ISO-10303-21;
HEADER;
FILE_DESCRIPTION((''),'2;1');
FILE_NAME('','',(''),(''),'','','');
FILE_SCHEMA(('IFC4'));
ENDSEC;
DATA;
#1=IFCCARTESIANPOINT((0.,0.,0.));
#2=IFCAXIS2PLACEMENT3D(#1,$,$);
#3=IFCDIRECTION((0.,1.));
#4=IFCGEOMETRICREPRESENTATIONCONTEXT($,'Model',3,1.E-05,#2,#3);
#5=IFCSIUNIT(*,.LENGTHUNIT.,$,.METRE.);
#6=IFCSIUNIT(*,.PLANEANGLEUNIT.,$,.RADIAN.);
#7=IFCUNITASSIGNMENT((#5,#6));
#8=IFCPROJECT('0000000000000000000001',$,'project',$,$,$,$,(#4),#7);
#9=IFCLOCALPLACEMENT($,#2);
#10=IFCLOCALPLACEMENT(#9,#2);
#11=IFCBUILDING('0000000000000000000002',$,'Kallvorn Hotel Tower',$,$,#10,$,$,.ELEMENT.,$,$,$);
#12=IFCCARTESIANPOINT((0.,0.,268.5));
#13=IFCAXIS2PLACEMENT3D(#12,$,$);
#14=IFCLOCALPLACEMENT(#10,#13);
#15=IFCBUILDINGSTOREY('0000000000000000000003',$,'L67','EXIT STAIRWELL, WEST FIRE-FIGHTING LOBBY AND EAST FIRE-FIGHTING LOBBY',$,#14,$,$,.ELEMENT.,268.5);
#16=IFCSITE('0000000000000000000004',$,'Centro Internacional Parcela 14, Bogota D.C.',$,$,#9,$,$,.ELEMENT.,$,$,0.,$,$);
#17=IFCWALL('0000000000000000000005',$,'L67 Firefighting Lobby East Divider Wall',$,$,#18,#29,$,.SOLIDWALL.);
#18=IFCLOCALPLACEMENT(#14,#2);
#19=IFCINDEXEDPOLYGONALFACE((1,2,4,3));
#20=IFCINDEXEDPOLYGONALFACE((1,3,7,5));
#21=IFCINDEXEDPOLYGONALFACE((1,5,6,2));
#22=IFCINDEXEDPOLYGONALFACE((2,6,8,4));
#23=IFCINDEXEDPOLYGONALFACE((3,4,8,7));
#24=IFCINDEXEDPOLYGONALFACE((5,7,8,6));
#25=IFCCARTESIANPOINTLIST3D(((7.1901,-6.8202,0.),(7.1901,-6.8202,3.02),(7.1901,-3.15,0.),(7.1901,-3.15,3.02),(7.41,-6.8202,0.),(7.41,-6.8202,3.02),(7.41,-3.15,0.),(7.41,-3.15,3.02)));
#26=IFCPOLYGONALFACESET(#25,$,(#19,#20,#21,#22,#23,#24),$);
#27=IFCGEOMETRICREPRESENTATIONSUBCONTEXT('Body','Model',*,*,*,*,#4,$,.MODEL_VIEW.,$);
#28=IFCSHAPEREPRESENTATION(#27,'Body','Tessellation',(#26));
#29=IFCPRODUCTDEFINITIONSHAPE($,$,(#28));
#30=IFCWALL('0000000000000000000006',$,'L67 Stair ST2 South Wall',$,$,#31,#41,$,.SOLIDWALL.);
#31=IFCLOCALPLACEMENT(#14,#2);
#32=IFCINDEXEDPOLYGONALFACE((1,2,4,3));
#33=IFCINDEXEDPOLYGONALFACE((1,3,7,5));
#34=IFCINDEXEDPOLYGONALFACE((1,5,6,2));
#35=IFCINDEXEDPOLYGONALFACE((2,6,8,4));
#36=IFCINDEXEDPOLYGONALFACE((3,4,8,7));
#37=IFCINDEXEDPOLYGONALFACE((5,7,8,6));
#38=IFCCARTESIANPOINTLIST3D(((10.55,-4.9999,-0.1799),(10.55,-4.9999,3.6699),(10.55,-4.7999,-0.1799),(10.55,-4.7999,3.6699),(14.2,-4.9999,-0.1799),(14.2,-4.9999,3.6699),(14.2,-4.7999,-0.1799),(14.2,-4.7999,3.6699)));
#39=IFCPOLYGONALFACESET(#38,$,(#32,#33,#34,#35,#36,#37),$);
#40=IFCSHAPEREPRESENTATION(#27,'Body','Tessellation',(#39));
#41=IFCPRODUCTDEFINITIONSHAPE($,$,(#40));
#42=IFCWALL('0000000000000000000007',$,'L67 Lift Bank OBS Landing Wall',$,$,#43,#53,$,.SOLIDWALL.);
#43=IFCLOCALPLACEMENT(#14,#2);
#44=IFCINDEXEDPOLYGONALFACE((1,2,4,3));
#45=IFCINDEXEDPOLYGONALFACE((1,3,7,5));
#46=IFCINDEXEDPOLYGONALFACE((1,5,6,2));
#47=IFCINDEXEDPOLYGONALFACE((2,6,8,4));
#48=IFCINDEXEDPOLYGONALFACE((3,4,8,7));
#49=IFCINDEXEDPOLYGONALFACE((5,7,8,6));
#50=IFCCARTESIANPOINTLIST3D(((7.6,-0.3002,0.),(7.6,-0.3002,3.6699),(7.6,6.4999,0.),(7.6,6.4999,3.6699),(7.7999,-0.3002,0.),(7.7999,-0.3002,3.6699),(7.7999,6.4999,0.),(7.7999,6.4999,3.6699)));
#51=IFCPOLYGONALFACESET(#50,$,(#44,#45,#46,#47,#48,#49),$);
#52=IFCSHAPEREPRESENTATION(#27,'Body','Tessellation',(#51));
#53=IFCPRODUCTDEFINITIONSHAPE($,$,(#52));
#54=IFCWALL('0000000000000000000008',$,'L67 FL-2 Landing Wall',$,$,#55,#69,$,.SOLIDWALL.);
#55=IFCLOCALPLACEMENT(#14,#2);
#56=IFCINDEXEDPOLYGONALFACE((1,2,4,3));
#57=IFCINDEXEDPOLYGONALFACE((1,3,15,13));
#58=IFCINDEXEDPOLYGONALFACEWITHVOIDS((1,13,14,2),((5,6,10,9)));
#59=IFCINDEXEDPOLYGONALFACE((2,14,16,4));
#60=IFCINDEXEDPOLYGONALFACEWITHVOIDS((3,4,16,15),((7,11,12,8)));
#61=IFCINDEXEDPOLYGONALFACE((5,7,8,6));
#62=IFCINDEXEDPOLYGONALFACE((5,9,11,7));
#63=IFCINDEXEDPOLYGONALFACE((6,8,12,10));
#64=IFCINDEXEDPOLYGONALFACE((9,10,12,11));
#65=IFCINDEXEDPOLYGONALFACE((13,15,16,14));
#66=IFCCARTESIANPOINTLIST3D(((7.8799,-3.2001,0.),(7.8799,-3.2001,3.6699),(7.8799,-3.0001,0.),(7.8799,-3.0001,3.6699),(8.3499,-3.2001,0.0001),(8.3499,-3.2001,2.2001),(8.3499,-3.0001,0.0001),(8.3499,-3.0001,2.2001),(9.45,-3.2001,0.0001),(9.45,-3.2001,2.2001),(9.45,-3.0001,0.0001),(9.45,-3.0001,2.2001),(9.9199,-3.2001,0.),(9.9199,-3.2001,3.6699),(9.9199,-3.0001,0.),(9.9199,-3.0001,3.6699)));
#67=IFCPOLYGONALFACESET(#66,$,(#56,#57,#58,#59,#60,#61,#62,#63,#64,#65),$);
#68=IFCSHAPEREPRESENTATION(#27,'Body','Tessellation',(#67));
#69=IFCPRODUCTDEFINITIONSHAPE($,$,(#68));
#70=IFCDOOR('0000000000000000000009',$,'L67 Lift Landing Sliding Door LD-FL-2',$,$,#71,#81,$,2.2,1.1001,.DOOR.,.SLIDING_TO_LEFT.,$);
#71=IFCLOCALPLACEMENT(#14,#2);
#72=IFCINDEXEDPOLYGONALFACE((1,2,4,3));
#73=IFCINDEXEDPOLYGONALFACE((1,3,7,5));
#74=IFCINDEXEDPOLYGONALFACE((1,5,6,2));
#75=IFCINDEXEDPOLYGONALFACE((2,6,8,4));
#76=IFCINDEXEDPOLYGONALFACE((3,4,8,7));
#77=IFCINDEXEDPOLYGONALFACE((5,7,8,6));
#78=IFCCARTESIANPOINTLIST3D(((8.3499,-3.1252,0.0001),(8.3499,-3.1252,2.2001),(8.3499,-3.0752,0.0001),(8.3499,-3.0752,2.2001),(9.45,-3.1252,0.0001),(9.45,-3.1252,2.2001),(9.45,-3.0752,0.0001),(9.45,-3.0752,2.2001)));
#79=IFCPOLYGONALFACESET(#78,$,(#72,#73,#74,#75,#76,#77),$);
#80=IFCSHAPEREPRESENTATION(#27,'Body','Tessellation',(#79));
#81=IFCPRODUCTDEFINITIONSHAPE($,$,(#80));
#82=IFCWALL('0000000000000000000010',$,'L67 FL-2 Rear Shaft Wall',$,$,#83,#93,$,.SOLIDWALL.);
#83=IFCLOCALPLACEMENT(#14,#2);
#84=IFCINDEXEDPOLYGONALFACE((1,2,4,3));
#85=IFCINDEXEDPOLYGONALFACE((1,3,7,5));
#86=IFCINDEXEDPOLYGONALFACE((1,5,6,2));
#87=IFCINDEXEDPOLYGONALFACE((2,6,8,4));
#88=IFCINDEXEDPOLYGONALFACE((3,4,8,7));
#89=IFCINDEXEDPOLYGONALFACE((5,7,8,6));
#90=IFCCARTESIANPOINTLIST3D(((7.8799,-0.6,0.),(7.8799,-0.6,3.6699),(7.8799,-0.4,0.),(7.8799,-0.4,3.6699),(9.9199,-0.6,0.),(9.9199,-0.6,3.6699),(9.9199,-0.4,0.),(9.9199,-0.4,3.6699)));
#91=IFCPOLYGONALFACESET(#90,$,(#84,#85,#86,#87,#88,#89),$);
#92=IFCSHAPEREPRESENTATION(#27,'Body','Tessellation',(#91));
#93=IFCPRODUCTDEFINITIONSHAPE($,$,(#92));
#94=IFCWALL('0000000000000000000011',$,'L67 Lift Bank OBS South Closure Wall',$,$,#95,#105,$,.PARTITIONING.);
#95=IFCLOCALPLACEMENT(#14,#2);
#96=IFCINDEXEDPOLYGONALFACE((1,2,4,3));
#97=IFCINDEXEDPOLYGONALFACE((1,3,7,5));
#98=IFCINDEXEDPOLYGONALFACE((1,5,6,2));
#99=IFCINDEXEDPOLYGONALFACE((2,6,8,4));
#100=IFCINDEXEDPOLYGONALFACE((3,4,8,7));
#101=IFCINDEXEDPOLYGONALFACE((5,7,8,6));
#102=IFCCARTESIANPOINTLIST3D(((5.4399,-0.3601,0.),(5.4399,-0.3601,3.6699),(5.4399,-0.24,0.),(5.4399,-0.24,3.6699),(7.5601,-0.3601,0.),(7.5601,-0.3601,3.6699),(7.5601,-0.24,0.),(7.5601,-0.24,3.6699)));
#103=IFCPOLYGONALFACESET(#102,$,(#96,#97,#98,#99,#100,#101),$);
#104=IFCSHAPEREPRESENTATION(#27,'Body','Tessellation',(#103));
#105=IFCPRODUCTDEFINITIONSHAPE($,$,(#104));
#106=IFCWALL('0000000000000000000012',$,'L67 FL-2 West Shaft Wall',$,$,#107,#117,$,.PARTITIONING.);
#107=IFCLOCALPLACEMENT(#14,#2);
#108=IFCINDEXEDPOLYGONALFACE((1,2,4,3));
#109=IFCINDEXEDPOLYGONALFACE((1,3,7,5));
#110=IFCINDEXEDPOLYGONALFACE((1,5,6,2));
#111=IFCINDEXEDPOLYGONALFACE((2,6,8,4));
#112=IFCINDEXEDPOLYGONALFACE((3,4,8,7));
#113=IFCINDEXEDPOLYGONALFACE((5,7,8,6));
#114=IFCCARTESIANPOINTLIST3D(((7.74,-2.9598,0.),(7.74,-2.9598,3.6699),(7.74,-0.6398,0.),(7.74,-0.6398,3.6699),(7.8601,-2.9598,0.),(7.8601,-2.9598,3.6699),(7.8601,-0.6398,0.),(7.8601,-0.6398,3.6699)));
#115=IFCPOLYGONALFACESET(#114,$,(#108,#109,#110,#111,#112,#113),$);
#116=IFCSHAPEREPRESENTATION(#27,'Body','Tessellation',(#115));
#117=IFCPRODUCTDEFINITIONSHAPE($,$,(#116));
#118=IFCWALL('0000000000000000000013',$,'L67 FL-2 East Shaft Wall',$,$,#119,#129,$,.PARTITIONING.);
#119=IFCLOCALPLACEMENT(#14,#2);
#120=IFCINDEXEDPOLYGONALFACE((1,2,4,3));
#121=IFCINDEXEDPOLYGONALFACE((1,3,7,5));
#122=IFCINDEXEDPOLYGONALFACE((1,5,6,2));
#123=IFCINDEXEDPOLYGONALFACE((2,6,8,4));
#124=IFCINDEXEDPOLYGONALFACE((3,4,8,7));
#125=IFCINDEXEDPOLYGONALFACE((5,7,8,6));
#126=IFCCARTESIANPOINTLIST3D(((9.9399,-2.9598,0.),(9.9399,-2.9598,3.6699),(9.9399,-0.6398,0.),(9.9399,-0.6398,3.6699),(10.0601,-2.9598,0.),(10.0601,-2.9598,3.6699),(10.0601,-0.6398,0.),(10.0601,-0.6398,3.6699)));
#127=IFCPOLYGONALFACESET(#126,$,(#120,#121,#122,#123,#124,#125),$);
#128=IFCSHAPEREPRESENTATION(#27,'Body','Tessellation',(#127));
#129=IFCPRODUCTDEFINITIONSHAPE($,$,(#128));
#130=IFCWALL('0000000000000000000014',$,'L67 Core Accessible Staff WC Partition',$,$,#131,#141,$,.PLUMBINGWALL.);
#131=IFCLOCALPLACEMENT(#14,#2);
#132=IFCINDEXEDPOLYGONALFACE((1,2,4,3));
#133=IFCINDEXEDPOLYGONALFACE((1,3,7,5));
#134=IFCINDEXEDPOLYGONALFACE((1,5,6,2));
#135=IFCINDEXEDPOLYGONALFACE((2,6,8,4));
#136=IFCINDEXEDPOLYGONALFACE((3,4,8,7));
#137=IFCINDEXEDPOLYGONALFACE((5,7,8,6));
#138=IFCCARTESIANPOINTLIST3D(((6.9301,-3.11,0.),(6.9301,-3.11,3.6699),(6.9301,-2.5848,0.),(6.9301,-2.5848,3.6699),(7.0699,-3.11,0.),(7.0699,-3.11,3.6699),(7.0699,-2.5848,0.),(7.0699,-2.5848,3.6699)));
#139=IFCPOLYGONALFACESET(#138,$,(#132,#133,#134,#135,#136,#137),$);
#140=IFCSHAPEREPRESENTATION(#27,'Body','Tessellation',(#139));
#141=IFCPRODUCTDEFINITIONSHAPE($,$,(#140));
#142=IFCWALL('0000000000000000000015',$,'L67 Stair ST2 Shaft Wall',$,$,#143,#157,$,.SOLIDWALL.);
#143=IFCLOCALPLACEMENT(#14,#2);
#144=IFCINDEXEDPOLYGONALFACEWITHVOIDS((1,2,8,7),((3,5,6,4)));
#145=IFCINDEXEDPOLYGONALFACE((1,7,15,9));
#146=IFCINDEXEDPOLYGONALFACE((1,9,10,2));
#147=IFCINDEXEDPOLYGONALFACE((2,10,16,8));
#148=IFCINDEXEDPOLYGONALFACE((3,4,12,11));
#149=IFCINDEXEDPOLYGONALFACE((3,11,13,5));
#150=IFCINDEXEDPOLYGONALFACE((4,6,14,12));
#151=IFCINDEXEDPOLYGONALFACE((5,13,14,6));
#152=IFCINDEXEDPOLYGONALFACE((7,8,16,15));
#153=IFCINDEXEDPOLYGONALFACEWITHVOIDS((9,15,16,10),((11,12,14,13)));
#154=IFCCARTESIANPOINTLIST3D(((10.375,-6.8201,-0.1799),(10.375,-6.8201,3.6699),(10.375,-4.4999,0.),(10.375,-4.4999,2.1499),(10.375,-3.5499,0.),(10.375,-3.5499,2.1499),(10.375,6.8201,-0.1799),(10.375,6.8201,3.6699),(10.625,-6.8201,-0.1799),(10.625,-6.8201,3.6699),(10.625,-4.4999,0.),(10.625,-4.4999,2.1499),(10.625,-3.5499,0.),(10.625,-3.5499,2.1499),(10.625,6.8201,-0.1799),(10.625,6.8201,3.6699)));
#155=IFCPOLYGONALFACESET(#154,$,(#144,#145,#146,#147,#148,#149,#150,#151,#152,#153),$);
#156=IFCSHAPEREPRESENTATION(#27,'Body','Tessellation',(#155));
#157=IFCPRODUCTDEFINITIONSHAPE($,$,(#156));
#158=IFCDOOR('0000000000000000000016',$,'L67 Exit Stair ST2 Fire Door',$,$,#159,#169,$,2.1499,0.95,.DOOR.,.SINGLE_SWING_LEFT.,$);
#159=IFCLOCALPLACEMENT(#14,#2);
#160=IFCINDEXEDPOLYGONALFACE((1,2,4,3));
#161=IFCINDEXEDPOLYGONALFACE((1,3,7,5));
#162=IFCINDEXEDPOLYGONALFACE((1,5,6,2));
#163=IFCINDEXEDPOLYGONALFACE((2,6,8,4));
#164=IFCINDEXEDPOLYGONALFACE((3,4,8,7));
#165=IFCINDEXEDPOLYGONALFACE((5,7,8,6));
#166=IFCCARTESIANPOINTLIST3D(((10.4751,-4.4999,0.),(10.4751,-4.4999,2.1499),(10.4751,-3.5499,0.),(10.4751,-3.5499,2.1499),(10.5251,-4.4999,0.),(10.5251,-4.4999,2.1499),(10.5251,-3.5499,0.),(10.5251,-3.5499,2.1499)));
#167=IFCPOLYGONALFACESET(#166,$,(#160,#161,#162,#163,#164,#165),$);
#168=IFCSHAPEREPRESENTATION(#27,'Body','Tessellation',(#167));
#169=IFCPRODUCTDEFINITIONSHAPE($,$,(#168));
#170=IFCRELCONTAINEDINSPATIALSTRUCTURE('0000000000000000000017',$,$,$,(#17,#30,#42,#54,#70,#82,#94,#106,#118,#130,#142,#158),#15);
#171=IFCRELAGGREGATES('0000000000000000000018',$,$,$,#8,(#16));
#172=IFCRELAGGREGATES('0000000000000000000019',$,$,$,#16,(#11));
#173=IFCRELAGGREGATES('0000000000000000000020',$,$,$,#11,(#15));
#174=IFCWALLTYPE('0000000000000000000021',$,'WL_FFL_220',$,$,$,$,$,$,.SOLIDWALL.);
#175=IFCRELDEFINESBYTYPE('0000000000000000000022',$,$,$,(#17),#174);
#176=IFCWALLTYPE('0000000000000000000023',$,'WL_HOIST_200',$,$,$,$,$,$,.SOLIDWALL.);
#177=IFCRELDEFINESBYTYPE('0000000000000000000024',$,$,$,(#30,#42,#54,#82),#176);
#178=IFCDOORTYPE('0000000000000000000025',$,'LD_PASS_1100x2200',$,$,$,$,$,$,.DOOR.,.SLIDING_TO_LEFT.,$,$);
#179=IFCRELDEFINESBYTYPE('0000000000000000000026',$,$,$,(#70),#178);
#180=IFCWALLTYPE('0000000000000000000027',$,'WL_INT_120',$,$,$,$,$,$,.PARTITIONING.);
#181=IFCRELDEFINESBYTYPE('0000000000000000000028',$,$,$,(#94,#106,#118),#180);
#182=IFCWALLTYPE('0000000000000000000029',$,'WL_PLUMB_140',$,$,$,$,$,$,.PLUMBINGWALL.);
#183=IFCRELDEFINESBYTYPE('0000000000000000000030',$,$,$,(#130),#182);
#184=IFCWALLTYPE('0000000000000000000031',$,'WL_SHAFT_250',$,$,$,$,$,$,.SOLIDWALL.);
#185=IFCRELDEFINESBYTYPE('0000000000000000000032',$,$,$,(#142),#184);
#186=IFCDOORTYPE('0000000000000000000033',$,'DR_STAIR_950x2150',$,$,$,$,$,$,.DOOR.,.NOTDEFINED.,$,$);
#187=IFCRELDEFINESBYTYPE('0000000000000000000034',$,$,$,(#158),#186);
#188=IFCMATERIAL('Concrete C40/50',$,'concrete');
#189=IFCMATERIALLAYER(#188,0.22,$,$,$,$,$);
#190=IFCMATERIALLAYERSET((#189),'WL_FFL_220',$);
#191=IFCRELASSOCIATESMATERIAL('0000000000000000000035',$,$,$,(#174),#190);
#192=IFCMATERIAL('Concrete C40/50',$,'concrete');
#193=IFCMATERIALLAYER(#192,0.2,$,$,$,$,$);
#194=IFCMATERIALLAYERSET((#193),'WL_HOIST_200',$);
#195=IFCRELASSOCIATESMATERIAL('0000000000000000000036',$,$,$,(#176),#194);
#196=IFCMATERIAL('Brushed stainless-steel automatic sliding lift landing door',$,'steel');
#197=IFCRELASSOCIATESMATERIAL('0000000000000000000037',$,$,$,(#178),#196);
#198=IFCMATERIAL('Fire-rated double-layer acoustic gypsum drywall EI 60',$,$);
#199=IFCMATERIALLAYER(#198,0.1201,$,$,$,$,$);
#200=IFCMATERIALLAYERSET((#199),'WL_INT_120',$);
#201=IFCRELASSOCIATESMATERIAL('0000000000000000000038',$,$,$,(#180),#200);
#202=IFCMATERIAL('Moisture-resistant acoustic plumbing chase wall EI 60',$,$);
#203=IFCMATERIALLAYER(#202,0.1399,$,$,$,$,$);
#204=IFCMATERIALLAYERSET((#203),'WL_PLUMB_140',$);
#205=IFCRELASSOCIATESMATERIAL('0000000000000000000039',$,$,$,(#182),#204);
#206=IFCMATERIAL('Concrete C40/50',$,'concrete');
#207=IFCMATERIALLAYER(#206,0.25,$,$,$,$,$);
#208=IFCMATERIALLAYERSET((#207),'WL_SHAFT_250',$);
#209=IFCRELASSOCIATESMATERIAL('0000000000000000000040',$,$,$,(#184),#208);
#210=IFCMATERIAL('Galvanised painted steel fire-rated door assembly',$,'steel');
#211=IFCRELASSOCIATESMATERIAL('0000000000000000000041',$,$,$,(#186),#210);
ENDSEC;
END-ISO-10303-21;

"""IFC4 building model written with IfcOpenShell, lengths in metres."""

from ifc_helpers import new_model, si_unit, direction, frame, frame_2d, origin, place, context, subcontext, project, spatial, rectangle, extrude, material, layer, layer_set, type_object, element, fill, save


model = new_model("IFC4")

# Units and contexts
model_context = context("Model", 3, precision=1e-05, world=origin(), true_north=direction((0.0, 1.0)))
body_context = subcontext(model_context, "Body", "Model", "MODEL_VIEW")
ifc_project = project(units=[si_unit("LENGTHUNIT", "METRE"), si_unit("PLANEANGLEUNIT", "RADIAN")], contexts=[model_context])

# Site, building, storey
site_placement = place(None, origin())
site = spatial("IfcSite", under=ifc_project, at=site_placement, Name="Centro Internacional Parcela 14, Bogota D.C.", CompositionType="ELEMENT", RefElevation=0.0)
building_placement = place(site_placement, origin())
building = spatial("IfcBuilding", under=site, at=building_placement, Name="Kallvorn Hotel Tower", CompositionType="ELEMENT")
storey_placement = place(building_placement, frame((0.0, 0.0, 268.5)))
storey = spatial("IfcBuildingStorey", under=building, at=storey_placement, Name="L67", Description="EXIT STAIRWELL, WEST FIRE-FIGHTING LOBBY AND EAST FIRE-FIGHTING LOBBY", CompositionType="ELEMENT", Elevation=268.5)

# Walls
ifc_material_1 = material(Name="Concrete C40/50", Category="concrete")
ifc_layer_1 = layer(ifc_material_1, 0.22)
ifc_layer_set_1 = layer_set([ifc_layer_1], Name="WL_FFL_220")
wall_type_1 = type_object("IfcWallType", Name="WL_FFL_220", PredefinedType="SOLIDWALL", material=ifc_layer_set_1)
wall_1_placement = place(storey_placement, frame((7.3, -6.8201, 0.0), z_axis=(0.0, 0.0, 1.0), x_axis=(0.0, 1.0, 0.0)))
element("IfcWall", 1, at=wall_1_placement, inside=storey, type_object=wall_type_1, Name="L67 Firefighting Lobby East Divider Wall", PredefinedType="SOLIDWALL", context=body_context, shape_type="SweptSolid", body=[
    extrude(rectangle(XDim=3.6702, YDim=0.22, at=frame_2d((1.835, 0.0))), origin(), (0.0, 0.0, 1.0), 3.02),
])
ifc_material_2 = material(Name="Concrete C40/50", Category="concrete")
ifc_layer_2 = layer(ifc_material_2, 0.2)
ifc_layer_set_2 = layer_set([ifc_layer_2], Name="WL_HOIST_200")
wall_type_2 = type_object("IfcWallType", Name="WL_HOIST_200", PredefinedType="SOLIDWALL", material=ifc_layer_set_2)
wall_2_placement = place(storey_placement, frame((10.55, -4.8999, -0.1799), z_axis=(0.0, 0.0, 1.0), x_axis=(1.0, 0.0, 0.0)))
element("IfcWall", 2, at=wall_2_placement, inside=storey, type_object=wall_type_2, Name="L67 Stair ST2 South Wall", PredefinedType="SOLIDWALL", context=body_context, shape_type="SweptSolid", body=[
    extrude(rectangle(XDim=3.6499, YDim=0.2, at=frame_2d((1.825, 0.0))), origin(), (0.0, 0.0, 1.0), 3.8499),
])
wall_3_placement = place(storey_placement, frame((7.7, -0.3, 0.0), z_axis=(0.0, 0.0, 1.0), x_axis=(0.0, 1.0, 0.0)))
element("IfcWall", 3, at=wall_3_placement, inside=storey, type_object=wall_type_2, Name="L67 Lift Bank OBS Landing Wall", PredefinedType="SOLIDWALL", context=body_context, shape_type="SweptSolid", body=[
    extrude(rectangle(XDim=6.8, YDim=0.2, at=frame_2d((3.3999, 0.0))), origin(), (0.0, 0.0, 1.0), 3.6699),
])

# Wall, opening, door
wall_4_placement = place(storey_placement, frame((7.8799, -3.1001, 0.0), z_axis=(0.0, 0.0, 1.0), x_axis=(1.0, 0.0, 0.0)))
wall_4 = element("IfcWall", 4, at=wall_4_placement, inside=storey, type_object=wall_type_2, Name="L67 FL-2 Landing Wall", PredefinedType="SOLIDWALL", context=body_context, shape_type="SweptSolid", body=[
    extrude(rectangle(XDim=2.04, YDim=0.2, at=frame_2d((1.02, 0.0))), origin(), (0.0, 0.0, 1.0), 3.6699),
])
opening_1_placement = place(wall_4_placement, frame((0.47, 0.0, 0.0)))
opening_1 = element("IfcOpeningElement", 5, at=opening_1_placement, cuts=wall_4, PredefinedType="OPENING", context=body_context, shape_type="SweptSolid", body=[
    extrude(rectangle(XDim=1.1001, YDim=2.2, at=frame_2d((0.55, 1.1001))), frame((0.0, 0.115, 0.0), z_axis=(0.0, -1.0, 0.0), x_axis=(1.0, 0.0, 0.0)), (0.0, 0.0, 1.0), 0.23),
])
ifc_material_3 = material(Name="Brushed stainless-steel automatic sliding lift landing door", Category="steel")
door_type_1 = type_object("IfcDoorType", Name="LD_PASS_1100x2200", OperationType="SLIDING_TO_LEFT", PredefinedType="DOOR", material=ifc_material_3)
door_1_placement = place(opening_1_placement, origin())
door_1 = element("IfcDoor", 6, at=door_1_placement, inside=storey, type_object=door_type_1, Name="L67 Lift Landing Sliding Door LD-FL-2", OperationType="SLIDING_TO_LEFT", OverallHeight=2.2, OverallWidth=1.1001, PredefinedType="DOOR", context=body_context, shape_type="SweptSolid", body=[
    extrude(rectangle(XDim=1.1001, YDim=2.2, at=frame_2d((0.55, 1.1001))), frame((0.0, 0.0249, 0.0), z_axis=(0.0, -1.0, 0.0), x_axis=(1.0, 0.0, 0.0)), (0.0, 0.0, 1.0), 0.05),
])
fill(opening_1, door_1)

# Walls
wall_5_placement = place(storey_placement, frame((7.8799, -0.5, 0.0), z_axis=(0.0, 0.0, 1.0), x_axis=(1.0, 0.0, 0.0)))
element("IfcWall", 7, at=wall_5_placement, inside=storey, type_object=wall_type_2, Name="L67 FL-2 Rear Shaft Wall", PredefinedType="SOLIDWALL", context=body_context, shape_type="SweptSolid", body=[
    extrude(rectangle(XDim=2.04, YDim=0.2, at=frame_2d((1.02, 0.0))), origin(), (0.0, 0.0, 1.0), 3.6699),
])
ifc_material_4 = material(Name="Fire-rated double-layer acoustic gypsum drywall EI 60")
ifc_layer_3 = layer(ifc_material_4, 0.1201)
ifc_layer_set_3 = layer_set([ifc_layer_3], Name="WL_INT_120")
wall_type_3 = type_object("IfcWallType", Name="WL_INT_120", PredefinedType="PARTITIONING", material=ifc_layer_set_3)
wall_6_placement = place(storey_placement, frame((5.4399, -0.3, 0.0), z_axis=(0.0, 0.0, 1.0), x_axis=(1.0, 0.0, 0.0)))
element("IfcWall", 8, at=wall_6_placement, inside=storey, type_object=wall_type_3, Name="L67 Lift Bank OBS South Closure Wall", PredefinedType="PARTITIONING", context=body_context, shape_type="SweptSolid", body=[
    extrude(rectangle(XDim=2.1201, YDim=0.1201, at=frame_2d((1.0601, 0.0))), origin(), (0.0, 0.0, 1.0), 3.6699),
])
for number, where, z_axis, x_axis, name in (
    (9, (7.8, -2.96, 0.0), (0.0, 0.0, 1.0), (0.0, 1.0, 0.0), "L67 FL-2 West Shaft Wall"),
    (10, (10.0, -2.96, 0.0), (0.0, 0.0, 1.0), (0.0, 1.0, 0.0), "L67 FL-2 East Shaft Wall"),
):
    element("IfcWall", number, at=place(storey_placement, frame(where, z_axis=z_axis, x_axis=x_axis)), inside=storey, type_object=wall_type_3, Name=name, PredefinedType="PARTITIONING", context=body_context, shape_type="SweptSolid", body=[
        extrude(rectangle(XDim=2.3201, YDim=0.1201, at=frame_2d((1.1602, 0.0))), origin(), (0.0, 0.0, 1.0), 3.6699),
    ])
ifc_material_5 = material(Name="Moisture-resistant acoustic plumbing chase wall EI 60")
ifc_layer_4 = layer(ifc_material_5, 0.1399)
ifc_layer_set_4 = layer_set([ifc_layer_4], Name="WL_PLUMB_140")
wall_type_4 = type_object("IfcWallType", Name="WL_PLUMB_140", PredefinedType="PLUMBINGWALL", material=ifc_layer_set_4)
wall_7_placement = place(storey_placement, frame((7.0, -3.1101, 0.0), z_axis=(0.0, 0.0, 1.0), x_axis=(0.0, 1.0, 0.0)))
element("IfcWall", 11, at=wall_7_placement, inside=storey, type_object=wall_type_4, Name="L67 Core Accessible Staff WC Partition", PredefinedType="PLUMBINGWALL", context=body_context, shape_type="SweptSolid", body=[
    extrude(rectangle(XDim=0.5251, YDim=0.1399, at=frame_2d((0.2627, 0.0))), origin(), (0.0, 0.0, 1.0), 3.6699),
])

# Wall, opening, door
ifc_material_6 = material(Name="Concrete C40/50", Category="concrete")
ifc_layer_5 = layer(ifc_material_6, 0.25)
ifc_layer_set_5 = layer_set([ifc_layer_5], Name="WL_SHAFT_250")
wall_type_5 = type_object("IfcWallType", Name="WL_SHAFT_250", PredefinedType="SOLIDWALL", material=ifc_layer_set_5)
wall_8_placement = place(storey_placement, frame((10.5, -6.8201, -0.1799), z_axis=(0.0, 0.0, 1.0), x_axis=(0.0, 1.0, 0.0)))
wall_8 = element("IfcWall", 12, at=wall_8_placement, inside=storey, type_object=wall_type_5, Name="L67 Stair ST2 Shaft Wall", PredefinedType="SOLIDWALL", context=body_context, shape_type="SweptSolid", body=[
    extrude(rectangle(XDim=13.6401, YDim=0.25, at=frame_2d((6.8201, 0.0))), origin(), (0.0, 0.0, 1.0), 3.8499),
])
opening_2_placement = place(wall_8_placement, frame((2.3201, 0.0, 0.1799)))
opening_2 = element("IfcOpeningElement", 13, at=opening_2_placement, cuts=wall_8, PredefinedType="OPENING", context=body_context, shape_type="SweptSolid", body=[
    extrude(rectangle(XDim=0.95, YDim=2.1499, at=frame_2d((0.4751, 1.075))), frame((0.0, 0.1399, 0.0), z_axis=(0.0, -1.0, 0.0), x_axis=(1.0, 0.0, 0.0)), (0.0, 0.0, 1.0), 0.28),
])
ifc_material_7 = material(Name="Galvanised painted steel fire-rated door assembly", Category="steel")
door_type_2 = type_object("IfcDoorType", Name="DR_STAIR_950x2150", OperationType="NOTDEFINED", PredefinedType="DOOR", material=ifc_material_7)
door_2_placement = place(opening_2_placement, origin())
door_2 = element("IfcDoor", 14, at=door_2_placement, inside=storey, type_object=door_type_2, Name="L67 Exit Stair ST2 Fire Door", OperationType="SINGLE_SWING_LEFT", OverallHeight=2.1499, OverallWidth=0.95, PredefinedType="DOOR", context=body_context, shape_type="SweptSolid", body=[
    extrude(rectangle(XDim=0.95, YDim=2.1499, at=frame_2d((0.4751, 1.075))), frame((0.0, 0.0249, 0.0), z_axis=(0.0, -1.0, 0.0), x_axis=(1.0, 0.0, 0.0)), (0.0, 0.0, 1.0), 0.05),
])
fill(opening_2, door_2)

save(model, "model.ifc")
